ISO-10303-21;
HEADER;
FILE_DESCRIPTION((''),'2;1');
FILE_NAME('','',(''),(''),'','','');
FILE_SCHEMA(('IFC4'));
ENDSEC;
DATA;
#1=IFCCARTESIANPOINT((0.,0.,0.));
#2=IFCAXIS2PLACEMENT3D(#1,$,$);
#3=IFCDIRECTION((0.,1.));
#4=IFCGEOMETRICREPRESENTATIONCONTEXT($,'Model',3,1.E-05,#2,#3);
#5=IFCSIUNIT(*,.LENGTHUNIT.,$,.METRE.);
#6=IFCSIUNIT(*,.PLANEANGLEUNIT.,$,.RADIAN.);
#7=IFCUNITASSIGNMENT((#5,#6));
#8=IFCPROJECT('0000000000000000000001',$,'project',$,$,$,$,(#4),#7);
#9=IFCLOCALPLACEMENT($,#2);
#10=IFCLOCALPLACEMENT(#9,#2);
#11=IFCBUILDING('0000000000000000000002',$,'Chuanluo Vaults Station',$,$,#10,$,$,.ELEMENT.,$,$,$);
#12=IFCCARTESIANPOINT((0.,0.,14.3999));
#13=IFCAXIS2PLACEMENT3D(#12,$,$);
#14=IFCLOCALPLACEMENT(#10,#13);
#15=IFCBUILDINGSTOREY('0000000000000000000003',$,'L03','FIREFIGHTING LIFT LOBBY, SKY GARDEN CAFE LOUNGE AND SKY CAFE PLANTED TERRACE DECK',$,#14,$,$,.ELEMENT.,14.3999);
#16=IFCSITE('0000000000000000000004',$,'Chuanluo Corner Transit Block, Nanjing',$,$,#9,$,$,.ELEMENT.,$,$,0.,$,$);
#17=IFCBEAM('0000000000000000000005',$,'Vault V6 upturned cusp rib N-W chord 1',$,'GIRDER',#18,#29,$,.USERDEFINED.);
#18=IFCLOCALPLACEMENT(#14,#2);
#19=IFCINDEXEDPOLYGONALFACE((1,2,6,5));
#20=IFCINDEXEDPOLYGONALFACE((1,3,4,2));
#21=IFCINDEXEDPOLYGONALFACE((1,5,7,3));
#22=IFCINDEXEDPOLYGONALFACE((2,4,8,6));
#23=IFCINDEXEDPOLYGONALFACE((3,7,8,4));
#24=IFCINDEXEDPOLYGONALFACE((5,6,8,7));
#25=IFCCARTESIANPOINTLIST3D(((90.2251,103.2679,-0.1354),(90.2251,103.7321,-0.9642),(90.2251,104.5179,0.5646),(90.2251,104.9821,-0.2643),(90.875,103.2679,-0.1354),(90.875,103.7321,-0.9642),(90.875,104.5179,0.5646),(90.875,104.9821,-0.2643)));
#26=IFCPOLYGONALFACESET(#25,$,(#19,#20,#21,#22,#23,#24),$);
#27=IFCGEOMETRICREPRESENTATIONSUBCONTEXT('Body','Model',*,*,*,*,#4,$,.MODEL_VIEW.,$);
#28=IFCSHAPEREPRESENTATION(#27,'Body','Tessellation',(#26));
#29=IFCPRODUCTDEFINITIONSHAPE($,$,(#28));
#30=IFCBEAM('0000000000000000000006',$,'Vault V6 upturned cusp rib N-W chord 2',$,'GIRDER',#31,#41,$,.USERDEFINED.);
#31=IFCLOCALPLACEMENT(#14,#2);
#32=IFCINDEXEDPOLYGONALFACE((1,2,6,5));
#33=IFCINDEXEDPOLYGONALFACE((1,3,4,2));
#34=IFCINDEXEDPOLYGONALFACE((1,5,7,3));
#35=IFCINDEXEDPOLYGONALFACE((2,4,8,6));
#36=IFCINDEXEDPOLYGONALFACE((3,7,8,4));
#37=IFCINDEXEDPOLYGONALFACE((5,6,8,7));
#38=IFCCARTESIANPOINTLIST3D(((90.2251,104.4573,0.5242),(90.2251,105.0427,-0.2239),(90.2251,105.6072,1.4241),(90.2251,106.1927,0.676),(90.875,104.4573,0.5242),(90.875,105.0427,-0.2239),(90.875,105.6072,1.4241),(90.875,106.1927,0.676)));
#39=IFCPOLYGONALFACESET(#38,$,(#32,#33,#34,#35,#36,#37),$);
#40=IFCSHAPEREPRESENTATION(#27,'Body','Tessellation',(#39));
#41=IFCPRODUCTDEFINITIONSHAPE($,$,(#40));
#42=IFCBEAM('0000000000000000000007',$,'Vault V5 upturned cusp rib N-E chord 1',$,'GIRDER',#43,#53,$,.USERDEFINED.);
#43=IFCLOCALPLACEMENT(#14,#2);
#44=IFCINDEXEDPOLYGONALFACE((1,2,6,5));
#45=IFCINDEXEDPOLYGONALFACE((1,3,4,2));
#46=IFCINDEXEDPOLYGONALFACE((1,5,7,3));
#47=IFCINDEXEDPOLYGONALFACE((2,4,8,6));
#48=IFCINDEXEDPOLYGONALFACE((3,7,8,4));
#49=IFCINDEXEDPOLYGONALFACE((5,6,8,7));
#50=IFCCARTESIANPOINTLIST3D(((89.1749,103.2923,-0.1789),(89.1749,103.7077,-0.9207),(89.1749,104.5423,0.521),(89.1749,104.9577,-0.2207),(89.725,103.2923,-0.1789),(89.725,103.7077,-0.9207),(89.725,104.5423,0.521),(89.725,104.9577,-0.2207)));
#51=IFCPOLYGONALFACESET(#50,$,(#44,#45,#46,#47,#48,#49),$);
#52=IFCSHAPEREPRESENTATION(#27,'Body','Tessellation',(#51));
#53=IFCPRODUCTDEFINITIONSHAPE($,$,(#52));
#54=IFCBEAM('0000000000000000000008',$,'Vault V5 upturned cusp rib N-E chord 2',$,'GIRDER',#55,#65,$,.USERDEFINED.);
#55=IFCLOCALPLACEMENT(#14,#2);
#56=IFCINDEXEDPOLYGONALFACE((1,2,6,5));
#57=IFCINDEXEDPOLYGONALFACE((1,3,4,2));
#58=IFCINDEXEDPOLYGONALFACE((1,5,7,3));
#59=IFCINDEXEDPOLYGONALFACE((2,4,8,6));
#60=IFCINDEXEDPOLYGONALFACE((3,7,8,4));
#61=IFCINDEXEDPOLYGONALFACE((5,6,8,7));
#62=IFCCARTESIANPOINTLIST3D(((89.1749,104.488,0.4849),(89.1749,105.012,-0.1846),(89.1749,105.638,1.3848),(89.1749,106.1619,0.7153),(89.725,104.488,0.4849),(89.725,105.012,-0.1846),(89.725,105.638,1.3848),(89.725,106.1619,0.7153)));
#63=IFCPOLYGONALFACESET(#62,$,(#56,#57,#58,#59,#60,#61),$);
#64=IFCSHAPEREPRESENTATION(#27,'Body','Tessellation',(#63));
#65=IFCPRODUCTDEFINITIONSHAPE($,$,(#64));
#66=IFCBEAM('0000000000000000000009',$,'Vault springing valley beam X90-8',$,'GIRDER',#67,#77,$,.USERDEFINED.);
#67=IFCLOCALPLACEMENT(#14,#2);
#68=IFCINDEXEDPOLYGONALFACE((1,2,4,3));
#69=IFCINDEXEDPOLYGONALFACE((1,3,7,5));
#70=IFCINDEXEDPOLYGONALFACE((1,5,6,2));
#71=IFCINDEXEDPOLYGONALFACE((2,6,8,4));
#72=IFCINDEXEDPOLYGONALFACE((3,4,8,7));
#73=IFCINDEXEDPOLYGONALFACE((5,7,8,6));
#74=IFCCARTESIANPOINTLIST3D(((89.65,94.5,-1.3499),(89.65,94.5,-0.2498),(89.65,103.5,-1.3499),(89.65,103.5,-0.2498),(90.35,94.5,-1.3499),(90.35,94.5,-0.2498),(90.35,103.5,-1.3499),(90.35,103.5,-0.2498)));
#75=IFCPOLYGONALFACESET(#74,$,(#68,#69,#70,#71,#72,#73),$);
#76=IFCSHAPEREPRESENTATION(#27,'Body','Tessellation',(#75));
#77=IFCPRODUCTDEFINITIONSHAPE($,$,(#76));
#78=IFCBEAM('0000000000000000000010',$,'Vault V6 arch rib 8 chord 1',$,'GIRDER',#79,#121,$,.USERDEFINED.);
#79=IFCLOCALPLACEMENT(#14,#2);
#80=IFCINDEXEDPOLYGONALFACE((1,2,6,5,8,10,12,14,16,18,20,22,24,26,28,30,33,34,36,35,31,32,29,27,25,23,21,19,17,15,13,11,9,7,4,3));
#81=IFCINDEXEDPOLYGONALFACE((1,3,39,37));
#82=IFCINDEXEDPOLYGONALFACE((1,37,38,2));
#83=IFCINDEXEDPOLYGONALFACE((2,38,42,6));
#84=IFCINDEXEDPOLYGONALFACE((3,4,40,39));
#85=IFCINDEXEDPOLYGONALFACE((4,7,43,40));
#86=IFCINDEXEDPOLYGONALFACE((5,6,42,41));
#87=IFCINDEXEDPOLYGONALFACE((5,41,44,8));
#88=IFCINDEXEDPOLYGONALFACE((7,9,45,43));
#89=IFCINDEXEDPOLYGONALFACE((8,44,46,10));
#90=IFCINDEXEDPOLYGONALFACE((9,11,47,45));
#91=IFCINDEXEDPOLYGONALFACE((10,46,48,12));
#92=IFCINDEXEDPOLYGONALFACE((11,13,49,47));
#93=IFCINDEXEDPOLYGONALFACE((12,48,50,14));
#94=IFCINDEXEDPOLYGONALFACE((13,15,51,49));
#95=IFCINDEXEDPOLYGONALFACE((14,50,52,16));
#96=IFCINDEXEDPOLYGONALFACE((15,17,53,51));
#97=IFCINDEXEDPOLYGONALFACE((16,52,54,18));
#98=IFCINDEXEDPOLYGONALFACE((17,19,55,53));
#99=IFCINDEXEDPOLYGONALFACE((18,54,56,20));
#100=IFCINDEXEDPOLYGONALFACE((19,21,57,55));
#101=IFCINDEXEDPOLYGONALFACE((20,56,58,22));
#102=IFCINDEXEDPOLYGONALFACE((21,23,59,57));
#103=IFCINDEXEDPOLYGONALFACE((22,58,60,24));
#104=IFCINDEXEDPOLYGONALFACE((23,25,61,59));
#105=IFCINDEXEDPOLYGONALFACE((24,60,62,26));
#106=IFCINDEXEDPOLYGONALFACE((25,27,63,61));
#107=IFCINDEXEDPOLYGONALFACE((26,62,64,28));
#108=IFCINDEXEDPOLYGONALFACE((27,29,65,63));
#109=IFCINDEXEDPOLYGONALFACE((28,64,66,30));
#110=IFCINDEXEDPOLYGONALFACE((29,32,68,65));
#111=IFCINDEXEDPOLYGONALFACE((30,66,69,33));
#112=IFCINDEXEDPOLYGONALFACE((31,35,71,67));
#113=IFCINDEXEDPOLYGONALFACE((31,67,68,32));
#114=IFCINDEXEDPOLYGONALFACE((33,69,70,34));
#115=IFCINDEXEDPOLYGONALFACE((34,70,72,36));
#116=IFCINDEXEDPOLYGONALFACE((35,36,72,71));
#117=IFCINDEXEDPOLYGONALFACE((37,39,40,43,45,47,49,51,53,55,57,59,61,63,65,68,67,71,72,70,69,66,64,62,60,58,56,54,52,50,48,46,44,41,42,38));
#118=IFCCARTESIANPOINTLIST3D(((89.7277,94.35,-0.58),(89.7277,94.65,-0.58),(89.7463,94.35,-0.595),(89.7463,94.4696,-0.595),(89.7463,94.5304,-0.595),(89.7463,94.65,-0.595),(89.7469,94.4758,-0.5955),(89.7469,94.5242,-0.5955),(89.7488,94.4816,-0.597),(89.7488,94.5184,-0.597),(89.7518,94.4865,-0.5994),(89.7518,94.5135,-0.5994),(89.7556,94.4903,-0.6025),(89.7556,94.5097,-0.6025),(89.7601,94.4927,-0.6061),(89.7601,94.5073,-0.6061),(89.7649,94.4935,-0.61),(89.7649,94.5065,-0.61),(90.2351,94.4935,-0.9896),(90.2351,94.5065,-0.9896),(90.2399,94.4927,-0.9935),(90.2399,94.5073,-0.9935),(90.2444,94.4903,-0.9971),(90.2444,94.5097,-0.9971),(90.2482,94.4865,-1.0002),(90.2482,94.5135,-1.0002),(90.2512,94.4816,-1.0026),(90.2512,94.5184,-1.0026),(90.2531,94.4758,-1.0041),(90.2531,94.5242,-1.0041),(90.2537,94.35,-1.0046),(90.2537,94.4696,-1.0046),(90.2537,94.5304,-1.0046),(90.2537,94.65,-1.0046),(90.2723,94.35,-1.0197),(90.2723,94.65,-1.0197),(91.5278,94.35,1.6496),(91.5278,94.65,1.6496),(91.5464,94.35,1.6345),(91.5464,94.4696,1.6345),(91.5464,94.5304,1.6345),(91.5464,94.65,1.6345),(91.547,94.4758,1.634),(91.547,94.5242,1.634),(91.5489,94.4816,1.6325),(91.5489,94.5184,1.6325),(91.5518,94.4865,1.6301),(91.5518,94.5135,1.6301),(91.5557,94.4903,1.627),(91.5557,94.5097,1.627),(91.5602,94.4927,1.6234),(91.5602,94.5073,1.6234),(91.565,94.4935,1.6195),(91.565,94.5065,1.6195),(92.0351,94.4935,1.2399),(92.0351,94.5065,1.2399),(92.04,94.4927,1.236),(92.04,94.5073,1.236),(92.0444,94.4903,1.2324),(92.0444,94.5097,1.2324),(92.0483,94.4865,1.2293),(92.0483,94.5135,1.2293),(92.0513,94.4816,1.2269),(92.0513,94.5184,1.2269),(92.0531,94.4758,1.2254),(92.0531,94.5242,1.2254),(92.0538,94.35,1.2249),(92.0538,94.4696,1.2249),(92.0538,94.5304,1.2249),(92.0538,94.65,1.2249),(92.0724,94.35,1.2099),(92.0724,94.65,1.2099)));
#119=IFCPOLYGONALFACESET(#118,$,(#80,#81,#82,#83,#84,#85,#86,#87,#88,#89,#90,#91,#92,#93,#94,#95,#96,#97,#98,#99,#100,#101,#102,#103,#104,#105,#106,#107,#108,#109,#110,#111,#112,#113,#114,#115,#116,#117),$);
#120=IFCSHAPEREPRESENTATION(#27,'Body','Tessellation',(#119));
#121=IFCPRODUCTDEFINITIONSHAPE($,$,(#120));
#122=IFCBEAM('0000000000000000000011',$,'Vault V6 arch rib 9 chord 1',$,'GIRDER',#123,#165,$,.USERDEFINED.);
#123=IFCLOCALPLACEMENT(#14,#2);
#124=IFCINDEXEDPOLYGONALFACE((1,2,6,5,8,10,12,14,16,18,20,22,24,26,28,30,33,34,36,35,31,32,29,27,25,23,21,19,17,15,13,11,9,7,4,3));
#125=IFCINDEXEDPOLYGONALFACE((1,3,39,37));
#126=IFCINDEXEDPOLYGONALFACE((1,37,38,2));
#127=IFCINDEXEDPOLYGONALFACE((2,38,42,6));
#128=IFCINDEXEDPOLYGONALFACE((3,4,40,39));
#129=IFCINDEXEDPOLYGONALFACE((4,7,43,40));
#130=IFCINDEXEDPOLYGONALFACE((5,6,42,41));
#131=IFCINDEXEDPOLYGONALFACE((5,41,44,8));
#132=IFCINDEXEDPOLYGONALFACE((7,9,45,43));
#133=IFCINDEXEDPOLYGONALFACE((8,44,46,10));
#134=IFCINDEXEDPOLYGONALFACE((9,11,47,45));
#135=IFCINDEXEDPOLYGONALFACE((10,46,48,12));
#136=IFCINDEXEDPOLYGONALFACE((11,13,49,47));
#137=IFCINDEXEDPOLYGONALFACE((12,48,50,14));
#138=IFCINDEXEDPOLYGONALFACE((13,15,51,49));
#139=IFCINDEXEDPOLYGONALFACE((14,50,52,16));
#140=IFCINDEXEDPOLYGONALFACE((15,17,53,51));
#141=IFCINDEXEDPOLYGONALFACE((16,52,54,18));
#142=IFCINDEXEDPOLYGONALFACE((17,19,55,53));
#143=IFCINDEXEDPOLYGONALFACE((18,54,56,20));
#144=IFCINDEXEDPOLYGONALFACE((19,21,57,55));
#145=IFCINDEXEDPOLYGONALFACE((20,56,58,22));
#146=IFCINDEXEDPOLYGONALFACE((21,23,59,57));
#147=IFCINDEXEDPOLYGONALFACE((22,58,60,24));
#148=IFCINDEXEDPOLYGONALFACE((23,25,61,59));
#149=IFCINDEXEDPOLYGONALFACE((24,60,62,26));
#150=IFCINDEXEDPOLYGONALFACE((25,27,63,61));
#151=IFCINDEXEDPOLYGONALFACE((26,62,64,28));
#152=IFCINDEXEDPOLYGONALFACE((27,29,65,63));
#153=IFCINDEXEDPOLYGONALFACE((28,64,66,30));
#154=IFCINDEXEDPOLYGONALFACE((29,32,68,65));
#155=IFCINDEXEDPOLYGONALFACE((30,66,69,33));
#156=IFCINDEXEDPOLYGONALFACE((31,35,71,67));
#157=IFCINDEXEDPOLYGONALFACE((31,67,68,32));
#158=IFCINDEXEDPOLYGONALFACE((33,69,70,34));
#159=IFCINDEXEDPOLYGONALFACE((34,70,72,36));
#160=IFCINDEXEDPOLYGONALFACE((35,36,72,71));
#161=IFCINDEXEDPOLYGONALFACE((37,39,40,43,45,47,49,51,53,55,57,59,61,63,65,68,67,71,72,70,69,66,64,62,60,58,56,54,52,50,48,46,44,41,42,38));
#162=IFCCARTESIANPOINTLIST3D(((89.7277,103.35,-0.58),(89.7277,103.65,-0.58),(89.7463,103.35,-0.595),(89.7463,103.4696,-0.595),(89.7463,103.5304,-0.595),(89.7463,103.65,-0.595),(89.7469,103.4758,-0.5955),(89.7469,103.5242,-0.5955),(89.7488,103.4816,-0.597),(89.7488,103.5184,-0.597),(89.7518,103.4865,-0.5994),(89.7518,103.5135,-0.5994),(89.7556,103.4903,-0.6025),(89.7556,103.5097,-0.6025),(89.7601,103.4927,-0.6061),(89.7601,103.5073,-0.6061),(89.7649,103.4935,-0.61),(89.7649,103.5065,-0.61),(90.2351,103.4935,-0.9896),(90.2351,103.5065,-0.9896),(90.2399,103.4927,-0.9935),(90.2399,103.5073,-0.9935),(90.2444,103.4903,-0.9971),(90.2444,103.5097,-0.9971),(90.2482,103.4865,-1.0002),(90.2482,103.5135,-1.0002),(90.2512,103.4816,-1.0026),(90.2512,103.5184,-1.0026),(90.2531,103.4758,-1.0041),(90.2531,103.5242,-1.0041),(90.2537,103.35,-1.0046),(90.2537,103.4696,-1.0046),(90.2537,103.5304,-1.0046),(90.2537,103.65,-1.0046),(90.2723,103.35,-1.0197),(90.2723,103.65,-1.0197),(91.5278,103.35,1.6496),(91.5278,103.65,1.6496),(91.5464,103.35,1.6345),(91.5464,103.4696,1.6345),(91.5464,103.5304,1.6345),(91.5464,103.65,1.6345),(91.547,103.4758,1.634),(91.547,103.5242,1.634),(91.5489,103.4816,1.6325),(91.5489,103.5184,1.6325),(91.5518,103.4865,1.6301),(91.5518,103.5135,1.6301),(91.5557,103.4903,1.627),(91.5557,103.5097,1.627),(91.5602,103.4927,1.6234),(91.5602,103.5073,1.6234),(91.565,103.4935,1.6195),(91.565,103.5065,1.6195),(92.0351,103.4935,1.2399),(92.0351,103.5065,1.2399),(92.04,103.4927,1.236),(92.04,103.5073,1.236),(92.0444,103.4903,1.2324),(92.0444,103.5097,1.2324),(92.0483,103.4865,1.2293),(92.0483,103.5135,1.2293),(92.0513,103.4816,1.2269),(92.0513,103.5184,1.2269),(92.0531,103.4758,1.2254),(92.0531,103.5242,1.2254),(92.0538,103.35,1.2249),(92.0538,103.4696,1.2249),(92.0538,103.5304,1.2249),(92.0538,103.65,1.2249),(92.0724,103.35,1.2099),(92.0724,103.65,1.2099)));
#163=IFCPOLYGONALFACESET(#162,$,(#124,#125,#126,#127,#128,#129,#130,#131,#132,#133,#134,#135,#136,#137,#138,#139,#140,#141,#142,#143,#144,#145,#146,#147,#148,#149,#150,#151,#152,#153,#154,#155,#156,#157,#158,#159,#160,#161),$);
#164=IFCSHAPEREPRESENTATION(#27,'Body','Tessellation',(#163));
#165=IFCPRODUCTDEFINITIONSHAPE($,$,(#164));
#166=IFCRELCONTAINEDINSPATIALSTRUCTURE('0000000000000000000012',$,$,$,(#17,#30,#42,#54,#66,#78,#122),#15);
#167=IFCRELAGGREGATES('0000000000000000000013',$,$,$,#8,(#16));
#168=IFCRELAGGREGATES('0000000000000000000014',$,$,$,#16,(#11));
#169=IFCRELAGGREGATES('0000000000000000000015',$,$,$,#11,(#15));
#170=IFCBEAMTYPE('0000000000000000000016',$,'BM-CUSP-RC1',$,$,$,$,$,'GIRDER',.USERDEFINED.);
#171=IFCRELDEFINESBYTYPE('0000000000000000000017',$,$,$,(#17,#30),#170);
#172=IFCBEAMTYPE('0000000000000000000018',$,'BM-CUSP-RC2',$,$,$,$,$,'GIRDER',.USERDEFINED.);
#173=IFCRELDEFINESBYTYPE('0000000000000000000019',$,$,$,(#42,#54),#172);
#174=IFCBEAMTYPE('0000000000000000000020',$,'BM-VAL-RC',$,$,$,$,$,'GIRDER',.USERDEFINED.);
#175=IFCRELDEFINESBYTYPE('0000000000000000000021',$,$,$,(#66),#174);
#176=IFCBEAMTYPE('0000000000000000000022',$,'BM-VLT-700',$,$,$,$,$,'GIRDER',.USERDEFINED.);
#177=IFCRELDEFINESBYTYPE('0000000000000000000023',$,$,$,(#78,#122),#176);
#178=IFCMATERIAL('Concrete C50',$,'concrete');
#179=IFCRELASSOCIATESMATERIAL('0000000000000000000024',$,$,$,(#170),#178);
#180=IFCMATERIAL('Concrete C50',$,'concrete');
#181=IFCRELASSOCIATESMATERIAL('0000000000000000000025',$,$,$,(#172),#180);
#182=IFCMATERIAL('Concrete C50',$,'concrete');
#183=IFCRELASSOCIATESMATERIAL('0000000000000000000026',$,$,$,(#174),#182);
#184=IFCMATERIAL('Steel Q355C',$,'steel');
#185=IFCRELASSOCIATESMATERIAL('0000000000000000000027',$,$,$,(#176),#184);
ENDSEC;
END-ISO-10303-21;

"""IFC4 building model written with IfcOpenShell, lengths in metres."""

from ifc_helpers import new_model, si_unit, direction, frame, origin, origin_2d, place, context, subcontext, project, spatial, rectangle, i_section, extrude, material, material_profile, profile_set, type_object, element, save


model = new_model("IFC4")

# Units and contexts
model_context = context("Model", 3, precision=1e-05, world=origin(), true_north=direction((0.0, 1.0)))
body_context = subcontext(model_context, "Body", "Model", "MODEL_VIEW")
ifc_project = project(units=[si_unit("LENGTHUNIT", "METRE"), si_unit("PLANEANGLEUNIT", "RADIAN")], contexts=[model_context])

# Site, building, storey
site_placement = place(None, origin())
site = spatial("IfcSite", under=ifc_project, at=site_placement, Name="Chuanluo Corner Transit Block, Nanjing", CompositionType="ELEMENT", RefElevation=0.0)
building_placement = place(site_placement, origin())
building = spatial("IfcBuilding", under=site, at=building_placement, Name="Chuanluo Vaults Station", CompositionType="ELEMENT")
storey_placement = place(building_placement, frame((0.0, 0.0, 14.3999)))
storey = spatial("IfcBuildingStorey", under=building, at=storey_placement, Name="L03", Description="FIREFIGHTING LIFT LOBBY, SKY GARDEN CAFE LOUNGE AND SKY CAFE PLANTED TERRACE DECK", CompositionType="ELEMENT", Elevation=14.3999)

# Beams
ifc_material_1 = material(Name="Concrete C50", Category="concrete")
ifc_material_profile_1 = material_profile(ifc_material_1, rectangle(XDim=0.6499, YDim=0.95, at=origin_2d()))
ifc_profile_set_1 = profile_set([ifc_material_profile_1], Name="Concrete C50")
beam_type_1 = type_object("IfcBeamType", Name="BM-CUSP-RC1", ElementType="GIRDER", PredefinedType="USERDEFINED", material=ifc_profile_set_1)
beam_1_placement = place(storey_placement, frame((90.55, 103.5, -0.5498), z_axis=(0.0, 0.872521, 0.488577), x_axis=(-1.0, 0.0, 0.0)))
element("IfcBeam", 1, at=beam_1_placement, inside=storey, type_object=beam_type_1, Name="Vault V6 upturned cusp rib N-W chord 1", ObjectType="GIRDER", PredefinedType="USERDEFINED", context=body_context, shape_type="SweptSolid", body=[
    extrude(rectangle(XDim=0.6499, YDim=0.95, at=origin_2d()), origin(), (0.0, 0.0, 1.0), 1.4326),
])
beam_2_placement = place(storey_placement, frame((90.55, 104.75, 0.1501), z_axis=(0.0, 0.787512, 0.616299), x_axis=(-1.0, 0.0, 0.0)))
element("IfcBeam", 2, at=beam_2_placement, inside=storey, type_object=beam_type_1, Name="Vault V6 upturned cusp rib N-W chord 2", ObjectType="GIRDER", PredefinedType="USERDEFINED", context=body_context, shape_type="SweptSolid", body=[
    extrude(rectangle(XDim=0.6499, YDim=0.95, at=origin_2d()), origin(), (0.0, 0.0, 1.0), 1.4602),
])
ifc_material_2 = material(Name="Concrete C50", Category="concrete")
ifc_material_profile_2 = material_profile(ifc_material_2, rectangle(XDim=0.55, YDim=0.8501, at=origin_2d()))
ifc_profile_set_2 = profile_set([ifc_material_profile_2], Name="Concrete C50")
beam_type_2 = type_object("IfcBeamType", Name="BM-CUSP-RC2", ElementType="GIRDER", PredefinedType="USERDEFINED", material=ifc_profile_set_2)
beam_3_placement = place(storey_placement, frame((89.45, 103.5, -0.5498), z_axis=(0.0, 0.872521, 0.488577), x_axis=(-1.0, 0.0, 0.0)))
element("IfcBeam", 3, at=beam_3_placement, inside=storey, type_object=beam_type_2, Name="Vault V5 upturned cusp rib N-E chord 1", ObjectType="GIRDER", PredefinedType="USERDEFINED", context=body_context, shape_type="SweptSolid", body=[
    extrude(rectangle(XDim=0.55, YDim=0.8501, at=origin_2d()), origin(), (0.0, 0.0, 1.0), 1.4326),
])
beam_4_placement = place(storey_placement, frame((89.45, 104.75, 0.1501), z_axis=(0.0, 0.787512, 0.616299), x_axis=(-1.0, 0.0, 0.0)))
element("IfcBeam", 4, at=beam_4_placement, inside=storey, type_object=beam_type_2, Name="Vault V5 upturned cusp rib N-E chord 2", ObjectType="GIRDER", PredefinedType="USERDEFINED", context=body_context, shape_type="SweptSolid", body=[
    extrude(rectangle(XDim=0.55, YDim=0.8501, at=origin_2d()), origin(), (0.0, 0.0, 1.0), 1.4602),
])
ifc_material_3 = material(Name="Concrete C50", Category="concrete")
ifc_material_profile_3 = material_profile(ifc_material_3, rectangle(XDim=0.7, YDim=1.1001, at=origin_2d()))
ifc_profile_set_3 = profile_set([ifc_material_profile_3], Name="Concrete C50")
beam_type_3 = type_object("IfcBeamType", Name="BM-VAL-RC", ElementType="GIRDER", PredefinedType="USERDEFINED", material=ifc_profile_set_3)
beam_5_placement = place(storey_placement, frame((90.0, 94.5, -0.7998), z_axis=(0.0, 1.0, 0.0), x_axis=(-1.0, 0.0, 0.0)))
element("IfcBeam", 5, at=beam_5_placement, inside=storey, type_object=beam_type_3, Name="Vault springing valley beam X90-8", ObjectType="GIRDER", PredefinedType="USERDEFINED", context=body_context, shape_type="SweptSolid", body=[
    extrude(rectangle(XDim=0.7, YDim=1.1001, at=origin_2d()), origin(), (0.0, 0.0, 1.0), 9.0),
])
ifc_material_4 = material(Name="Steel Q355C", Category="steel")
ifc_material_profile_4 = material_profile(ifc_material_4, i_section(OverallWidth=0.3, OverallDepth=0.7, WebThickness=0.0129, FlangeThickness=0.0239, FilletRadius=0.0239, at=origin_2d()))
ifc_profile_set_4 = profile_set([ifc_material_profile_4], Name="Steel Q355C")
beam_type_4 = type_object("IfcBeamType", Name="BM-VLT-700", ElementType="GIRDER", PredefinedType="USERDEFINED", material=ifc_profile_set_4)
for number, where, z_axis, x_axis, name in (
    (6, (90.0, 94.5, -0.7998), (0.62819, 0.0, 0.77806), (0.0, 1.0, 0.0), "Vault V6 arch rib 8 chord 1"),
    (7, (90.0, 103.5, -0.7998), (0.62819, 0.0, 0.77806), (0.0, 1.0, 0.0), "Vault V6 arch rib 9 chord 1"),
):
    element("IfcBeam", number, at=place(storey_placement, frame(where, z_axis=z_axis, x_axis=x_axis)), inside=storey, type_object=beam_type_4, Name=name, ObjectType="GIRDER", PredefinedType="USERDEFINED", context=body_context, shape_type="SweptSolid", body=[
        extrude(i_section(OverallWidth=0.3, OverallDepth=0.7, WebThickness=0.0129, FlangeThickness=0.0239, FilletRadius=0.0239, at=origin_2d()), origin(), (0.0, 0.0, 1.0), 2.8655),
    ])

save(model, "model.ifc")
